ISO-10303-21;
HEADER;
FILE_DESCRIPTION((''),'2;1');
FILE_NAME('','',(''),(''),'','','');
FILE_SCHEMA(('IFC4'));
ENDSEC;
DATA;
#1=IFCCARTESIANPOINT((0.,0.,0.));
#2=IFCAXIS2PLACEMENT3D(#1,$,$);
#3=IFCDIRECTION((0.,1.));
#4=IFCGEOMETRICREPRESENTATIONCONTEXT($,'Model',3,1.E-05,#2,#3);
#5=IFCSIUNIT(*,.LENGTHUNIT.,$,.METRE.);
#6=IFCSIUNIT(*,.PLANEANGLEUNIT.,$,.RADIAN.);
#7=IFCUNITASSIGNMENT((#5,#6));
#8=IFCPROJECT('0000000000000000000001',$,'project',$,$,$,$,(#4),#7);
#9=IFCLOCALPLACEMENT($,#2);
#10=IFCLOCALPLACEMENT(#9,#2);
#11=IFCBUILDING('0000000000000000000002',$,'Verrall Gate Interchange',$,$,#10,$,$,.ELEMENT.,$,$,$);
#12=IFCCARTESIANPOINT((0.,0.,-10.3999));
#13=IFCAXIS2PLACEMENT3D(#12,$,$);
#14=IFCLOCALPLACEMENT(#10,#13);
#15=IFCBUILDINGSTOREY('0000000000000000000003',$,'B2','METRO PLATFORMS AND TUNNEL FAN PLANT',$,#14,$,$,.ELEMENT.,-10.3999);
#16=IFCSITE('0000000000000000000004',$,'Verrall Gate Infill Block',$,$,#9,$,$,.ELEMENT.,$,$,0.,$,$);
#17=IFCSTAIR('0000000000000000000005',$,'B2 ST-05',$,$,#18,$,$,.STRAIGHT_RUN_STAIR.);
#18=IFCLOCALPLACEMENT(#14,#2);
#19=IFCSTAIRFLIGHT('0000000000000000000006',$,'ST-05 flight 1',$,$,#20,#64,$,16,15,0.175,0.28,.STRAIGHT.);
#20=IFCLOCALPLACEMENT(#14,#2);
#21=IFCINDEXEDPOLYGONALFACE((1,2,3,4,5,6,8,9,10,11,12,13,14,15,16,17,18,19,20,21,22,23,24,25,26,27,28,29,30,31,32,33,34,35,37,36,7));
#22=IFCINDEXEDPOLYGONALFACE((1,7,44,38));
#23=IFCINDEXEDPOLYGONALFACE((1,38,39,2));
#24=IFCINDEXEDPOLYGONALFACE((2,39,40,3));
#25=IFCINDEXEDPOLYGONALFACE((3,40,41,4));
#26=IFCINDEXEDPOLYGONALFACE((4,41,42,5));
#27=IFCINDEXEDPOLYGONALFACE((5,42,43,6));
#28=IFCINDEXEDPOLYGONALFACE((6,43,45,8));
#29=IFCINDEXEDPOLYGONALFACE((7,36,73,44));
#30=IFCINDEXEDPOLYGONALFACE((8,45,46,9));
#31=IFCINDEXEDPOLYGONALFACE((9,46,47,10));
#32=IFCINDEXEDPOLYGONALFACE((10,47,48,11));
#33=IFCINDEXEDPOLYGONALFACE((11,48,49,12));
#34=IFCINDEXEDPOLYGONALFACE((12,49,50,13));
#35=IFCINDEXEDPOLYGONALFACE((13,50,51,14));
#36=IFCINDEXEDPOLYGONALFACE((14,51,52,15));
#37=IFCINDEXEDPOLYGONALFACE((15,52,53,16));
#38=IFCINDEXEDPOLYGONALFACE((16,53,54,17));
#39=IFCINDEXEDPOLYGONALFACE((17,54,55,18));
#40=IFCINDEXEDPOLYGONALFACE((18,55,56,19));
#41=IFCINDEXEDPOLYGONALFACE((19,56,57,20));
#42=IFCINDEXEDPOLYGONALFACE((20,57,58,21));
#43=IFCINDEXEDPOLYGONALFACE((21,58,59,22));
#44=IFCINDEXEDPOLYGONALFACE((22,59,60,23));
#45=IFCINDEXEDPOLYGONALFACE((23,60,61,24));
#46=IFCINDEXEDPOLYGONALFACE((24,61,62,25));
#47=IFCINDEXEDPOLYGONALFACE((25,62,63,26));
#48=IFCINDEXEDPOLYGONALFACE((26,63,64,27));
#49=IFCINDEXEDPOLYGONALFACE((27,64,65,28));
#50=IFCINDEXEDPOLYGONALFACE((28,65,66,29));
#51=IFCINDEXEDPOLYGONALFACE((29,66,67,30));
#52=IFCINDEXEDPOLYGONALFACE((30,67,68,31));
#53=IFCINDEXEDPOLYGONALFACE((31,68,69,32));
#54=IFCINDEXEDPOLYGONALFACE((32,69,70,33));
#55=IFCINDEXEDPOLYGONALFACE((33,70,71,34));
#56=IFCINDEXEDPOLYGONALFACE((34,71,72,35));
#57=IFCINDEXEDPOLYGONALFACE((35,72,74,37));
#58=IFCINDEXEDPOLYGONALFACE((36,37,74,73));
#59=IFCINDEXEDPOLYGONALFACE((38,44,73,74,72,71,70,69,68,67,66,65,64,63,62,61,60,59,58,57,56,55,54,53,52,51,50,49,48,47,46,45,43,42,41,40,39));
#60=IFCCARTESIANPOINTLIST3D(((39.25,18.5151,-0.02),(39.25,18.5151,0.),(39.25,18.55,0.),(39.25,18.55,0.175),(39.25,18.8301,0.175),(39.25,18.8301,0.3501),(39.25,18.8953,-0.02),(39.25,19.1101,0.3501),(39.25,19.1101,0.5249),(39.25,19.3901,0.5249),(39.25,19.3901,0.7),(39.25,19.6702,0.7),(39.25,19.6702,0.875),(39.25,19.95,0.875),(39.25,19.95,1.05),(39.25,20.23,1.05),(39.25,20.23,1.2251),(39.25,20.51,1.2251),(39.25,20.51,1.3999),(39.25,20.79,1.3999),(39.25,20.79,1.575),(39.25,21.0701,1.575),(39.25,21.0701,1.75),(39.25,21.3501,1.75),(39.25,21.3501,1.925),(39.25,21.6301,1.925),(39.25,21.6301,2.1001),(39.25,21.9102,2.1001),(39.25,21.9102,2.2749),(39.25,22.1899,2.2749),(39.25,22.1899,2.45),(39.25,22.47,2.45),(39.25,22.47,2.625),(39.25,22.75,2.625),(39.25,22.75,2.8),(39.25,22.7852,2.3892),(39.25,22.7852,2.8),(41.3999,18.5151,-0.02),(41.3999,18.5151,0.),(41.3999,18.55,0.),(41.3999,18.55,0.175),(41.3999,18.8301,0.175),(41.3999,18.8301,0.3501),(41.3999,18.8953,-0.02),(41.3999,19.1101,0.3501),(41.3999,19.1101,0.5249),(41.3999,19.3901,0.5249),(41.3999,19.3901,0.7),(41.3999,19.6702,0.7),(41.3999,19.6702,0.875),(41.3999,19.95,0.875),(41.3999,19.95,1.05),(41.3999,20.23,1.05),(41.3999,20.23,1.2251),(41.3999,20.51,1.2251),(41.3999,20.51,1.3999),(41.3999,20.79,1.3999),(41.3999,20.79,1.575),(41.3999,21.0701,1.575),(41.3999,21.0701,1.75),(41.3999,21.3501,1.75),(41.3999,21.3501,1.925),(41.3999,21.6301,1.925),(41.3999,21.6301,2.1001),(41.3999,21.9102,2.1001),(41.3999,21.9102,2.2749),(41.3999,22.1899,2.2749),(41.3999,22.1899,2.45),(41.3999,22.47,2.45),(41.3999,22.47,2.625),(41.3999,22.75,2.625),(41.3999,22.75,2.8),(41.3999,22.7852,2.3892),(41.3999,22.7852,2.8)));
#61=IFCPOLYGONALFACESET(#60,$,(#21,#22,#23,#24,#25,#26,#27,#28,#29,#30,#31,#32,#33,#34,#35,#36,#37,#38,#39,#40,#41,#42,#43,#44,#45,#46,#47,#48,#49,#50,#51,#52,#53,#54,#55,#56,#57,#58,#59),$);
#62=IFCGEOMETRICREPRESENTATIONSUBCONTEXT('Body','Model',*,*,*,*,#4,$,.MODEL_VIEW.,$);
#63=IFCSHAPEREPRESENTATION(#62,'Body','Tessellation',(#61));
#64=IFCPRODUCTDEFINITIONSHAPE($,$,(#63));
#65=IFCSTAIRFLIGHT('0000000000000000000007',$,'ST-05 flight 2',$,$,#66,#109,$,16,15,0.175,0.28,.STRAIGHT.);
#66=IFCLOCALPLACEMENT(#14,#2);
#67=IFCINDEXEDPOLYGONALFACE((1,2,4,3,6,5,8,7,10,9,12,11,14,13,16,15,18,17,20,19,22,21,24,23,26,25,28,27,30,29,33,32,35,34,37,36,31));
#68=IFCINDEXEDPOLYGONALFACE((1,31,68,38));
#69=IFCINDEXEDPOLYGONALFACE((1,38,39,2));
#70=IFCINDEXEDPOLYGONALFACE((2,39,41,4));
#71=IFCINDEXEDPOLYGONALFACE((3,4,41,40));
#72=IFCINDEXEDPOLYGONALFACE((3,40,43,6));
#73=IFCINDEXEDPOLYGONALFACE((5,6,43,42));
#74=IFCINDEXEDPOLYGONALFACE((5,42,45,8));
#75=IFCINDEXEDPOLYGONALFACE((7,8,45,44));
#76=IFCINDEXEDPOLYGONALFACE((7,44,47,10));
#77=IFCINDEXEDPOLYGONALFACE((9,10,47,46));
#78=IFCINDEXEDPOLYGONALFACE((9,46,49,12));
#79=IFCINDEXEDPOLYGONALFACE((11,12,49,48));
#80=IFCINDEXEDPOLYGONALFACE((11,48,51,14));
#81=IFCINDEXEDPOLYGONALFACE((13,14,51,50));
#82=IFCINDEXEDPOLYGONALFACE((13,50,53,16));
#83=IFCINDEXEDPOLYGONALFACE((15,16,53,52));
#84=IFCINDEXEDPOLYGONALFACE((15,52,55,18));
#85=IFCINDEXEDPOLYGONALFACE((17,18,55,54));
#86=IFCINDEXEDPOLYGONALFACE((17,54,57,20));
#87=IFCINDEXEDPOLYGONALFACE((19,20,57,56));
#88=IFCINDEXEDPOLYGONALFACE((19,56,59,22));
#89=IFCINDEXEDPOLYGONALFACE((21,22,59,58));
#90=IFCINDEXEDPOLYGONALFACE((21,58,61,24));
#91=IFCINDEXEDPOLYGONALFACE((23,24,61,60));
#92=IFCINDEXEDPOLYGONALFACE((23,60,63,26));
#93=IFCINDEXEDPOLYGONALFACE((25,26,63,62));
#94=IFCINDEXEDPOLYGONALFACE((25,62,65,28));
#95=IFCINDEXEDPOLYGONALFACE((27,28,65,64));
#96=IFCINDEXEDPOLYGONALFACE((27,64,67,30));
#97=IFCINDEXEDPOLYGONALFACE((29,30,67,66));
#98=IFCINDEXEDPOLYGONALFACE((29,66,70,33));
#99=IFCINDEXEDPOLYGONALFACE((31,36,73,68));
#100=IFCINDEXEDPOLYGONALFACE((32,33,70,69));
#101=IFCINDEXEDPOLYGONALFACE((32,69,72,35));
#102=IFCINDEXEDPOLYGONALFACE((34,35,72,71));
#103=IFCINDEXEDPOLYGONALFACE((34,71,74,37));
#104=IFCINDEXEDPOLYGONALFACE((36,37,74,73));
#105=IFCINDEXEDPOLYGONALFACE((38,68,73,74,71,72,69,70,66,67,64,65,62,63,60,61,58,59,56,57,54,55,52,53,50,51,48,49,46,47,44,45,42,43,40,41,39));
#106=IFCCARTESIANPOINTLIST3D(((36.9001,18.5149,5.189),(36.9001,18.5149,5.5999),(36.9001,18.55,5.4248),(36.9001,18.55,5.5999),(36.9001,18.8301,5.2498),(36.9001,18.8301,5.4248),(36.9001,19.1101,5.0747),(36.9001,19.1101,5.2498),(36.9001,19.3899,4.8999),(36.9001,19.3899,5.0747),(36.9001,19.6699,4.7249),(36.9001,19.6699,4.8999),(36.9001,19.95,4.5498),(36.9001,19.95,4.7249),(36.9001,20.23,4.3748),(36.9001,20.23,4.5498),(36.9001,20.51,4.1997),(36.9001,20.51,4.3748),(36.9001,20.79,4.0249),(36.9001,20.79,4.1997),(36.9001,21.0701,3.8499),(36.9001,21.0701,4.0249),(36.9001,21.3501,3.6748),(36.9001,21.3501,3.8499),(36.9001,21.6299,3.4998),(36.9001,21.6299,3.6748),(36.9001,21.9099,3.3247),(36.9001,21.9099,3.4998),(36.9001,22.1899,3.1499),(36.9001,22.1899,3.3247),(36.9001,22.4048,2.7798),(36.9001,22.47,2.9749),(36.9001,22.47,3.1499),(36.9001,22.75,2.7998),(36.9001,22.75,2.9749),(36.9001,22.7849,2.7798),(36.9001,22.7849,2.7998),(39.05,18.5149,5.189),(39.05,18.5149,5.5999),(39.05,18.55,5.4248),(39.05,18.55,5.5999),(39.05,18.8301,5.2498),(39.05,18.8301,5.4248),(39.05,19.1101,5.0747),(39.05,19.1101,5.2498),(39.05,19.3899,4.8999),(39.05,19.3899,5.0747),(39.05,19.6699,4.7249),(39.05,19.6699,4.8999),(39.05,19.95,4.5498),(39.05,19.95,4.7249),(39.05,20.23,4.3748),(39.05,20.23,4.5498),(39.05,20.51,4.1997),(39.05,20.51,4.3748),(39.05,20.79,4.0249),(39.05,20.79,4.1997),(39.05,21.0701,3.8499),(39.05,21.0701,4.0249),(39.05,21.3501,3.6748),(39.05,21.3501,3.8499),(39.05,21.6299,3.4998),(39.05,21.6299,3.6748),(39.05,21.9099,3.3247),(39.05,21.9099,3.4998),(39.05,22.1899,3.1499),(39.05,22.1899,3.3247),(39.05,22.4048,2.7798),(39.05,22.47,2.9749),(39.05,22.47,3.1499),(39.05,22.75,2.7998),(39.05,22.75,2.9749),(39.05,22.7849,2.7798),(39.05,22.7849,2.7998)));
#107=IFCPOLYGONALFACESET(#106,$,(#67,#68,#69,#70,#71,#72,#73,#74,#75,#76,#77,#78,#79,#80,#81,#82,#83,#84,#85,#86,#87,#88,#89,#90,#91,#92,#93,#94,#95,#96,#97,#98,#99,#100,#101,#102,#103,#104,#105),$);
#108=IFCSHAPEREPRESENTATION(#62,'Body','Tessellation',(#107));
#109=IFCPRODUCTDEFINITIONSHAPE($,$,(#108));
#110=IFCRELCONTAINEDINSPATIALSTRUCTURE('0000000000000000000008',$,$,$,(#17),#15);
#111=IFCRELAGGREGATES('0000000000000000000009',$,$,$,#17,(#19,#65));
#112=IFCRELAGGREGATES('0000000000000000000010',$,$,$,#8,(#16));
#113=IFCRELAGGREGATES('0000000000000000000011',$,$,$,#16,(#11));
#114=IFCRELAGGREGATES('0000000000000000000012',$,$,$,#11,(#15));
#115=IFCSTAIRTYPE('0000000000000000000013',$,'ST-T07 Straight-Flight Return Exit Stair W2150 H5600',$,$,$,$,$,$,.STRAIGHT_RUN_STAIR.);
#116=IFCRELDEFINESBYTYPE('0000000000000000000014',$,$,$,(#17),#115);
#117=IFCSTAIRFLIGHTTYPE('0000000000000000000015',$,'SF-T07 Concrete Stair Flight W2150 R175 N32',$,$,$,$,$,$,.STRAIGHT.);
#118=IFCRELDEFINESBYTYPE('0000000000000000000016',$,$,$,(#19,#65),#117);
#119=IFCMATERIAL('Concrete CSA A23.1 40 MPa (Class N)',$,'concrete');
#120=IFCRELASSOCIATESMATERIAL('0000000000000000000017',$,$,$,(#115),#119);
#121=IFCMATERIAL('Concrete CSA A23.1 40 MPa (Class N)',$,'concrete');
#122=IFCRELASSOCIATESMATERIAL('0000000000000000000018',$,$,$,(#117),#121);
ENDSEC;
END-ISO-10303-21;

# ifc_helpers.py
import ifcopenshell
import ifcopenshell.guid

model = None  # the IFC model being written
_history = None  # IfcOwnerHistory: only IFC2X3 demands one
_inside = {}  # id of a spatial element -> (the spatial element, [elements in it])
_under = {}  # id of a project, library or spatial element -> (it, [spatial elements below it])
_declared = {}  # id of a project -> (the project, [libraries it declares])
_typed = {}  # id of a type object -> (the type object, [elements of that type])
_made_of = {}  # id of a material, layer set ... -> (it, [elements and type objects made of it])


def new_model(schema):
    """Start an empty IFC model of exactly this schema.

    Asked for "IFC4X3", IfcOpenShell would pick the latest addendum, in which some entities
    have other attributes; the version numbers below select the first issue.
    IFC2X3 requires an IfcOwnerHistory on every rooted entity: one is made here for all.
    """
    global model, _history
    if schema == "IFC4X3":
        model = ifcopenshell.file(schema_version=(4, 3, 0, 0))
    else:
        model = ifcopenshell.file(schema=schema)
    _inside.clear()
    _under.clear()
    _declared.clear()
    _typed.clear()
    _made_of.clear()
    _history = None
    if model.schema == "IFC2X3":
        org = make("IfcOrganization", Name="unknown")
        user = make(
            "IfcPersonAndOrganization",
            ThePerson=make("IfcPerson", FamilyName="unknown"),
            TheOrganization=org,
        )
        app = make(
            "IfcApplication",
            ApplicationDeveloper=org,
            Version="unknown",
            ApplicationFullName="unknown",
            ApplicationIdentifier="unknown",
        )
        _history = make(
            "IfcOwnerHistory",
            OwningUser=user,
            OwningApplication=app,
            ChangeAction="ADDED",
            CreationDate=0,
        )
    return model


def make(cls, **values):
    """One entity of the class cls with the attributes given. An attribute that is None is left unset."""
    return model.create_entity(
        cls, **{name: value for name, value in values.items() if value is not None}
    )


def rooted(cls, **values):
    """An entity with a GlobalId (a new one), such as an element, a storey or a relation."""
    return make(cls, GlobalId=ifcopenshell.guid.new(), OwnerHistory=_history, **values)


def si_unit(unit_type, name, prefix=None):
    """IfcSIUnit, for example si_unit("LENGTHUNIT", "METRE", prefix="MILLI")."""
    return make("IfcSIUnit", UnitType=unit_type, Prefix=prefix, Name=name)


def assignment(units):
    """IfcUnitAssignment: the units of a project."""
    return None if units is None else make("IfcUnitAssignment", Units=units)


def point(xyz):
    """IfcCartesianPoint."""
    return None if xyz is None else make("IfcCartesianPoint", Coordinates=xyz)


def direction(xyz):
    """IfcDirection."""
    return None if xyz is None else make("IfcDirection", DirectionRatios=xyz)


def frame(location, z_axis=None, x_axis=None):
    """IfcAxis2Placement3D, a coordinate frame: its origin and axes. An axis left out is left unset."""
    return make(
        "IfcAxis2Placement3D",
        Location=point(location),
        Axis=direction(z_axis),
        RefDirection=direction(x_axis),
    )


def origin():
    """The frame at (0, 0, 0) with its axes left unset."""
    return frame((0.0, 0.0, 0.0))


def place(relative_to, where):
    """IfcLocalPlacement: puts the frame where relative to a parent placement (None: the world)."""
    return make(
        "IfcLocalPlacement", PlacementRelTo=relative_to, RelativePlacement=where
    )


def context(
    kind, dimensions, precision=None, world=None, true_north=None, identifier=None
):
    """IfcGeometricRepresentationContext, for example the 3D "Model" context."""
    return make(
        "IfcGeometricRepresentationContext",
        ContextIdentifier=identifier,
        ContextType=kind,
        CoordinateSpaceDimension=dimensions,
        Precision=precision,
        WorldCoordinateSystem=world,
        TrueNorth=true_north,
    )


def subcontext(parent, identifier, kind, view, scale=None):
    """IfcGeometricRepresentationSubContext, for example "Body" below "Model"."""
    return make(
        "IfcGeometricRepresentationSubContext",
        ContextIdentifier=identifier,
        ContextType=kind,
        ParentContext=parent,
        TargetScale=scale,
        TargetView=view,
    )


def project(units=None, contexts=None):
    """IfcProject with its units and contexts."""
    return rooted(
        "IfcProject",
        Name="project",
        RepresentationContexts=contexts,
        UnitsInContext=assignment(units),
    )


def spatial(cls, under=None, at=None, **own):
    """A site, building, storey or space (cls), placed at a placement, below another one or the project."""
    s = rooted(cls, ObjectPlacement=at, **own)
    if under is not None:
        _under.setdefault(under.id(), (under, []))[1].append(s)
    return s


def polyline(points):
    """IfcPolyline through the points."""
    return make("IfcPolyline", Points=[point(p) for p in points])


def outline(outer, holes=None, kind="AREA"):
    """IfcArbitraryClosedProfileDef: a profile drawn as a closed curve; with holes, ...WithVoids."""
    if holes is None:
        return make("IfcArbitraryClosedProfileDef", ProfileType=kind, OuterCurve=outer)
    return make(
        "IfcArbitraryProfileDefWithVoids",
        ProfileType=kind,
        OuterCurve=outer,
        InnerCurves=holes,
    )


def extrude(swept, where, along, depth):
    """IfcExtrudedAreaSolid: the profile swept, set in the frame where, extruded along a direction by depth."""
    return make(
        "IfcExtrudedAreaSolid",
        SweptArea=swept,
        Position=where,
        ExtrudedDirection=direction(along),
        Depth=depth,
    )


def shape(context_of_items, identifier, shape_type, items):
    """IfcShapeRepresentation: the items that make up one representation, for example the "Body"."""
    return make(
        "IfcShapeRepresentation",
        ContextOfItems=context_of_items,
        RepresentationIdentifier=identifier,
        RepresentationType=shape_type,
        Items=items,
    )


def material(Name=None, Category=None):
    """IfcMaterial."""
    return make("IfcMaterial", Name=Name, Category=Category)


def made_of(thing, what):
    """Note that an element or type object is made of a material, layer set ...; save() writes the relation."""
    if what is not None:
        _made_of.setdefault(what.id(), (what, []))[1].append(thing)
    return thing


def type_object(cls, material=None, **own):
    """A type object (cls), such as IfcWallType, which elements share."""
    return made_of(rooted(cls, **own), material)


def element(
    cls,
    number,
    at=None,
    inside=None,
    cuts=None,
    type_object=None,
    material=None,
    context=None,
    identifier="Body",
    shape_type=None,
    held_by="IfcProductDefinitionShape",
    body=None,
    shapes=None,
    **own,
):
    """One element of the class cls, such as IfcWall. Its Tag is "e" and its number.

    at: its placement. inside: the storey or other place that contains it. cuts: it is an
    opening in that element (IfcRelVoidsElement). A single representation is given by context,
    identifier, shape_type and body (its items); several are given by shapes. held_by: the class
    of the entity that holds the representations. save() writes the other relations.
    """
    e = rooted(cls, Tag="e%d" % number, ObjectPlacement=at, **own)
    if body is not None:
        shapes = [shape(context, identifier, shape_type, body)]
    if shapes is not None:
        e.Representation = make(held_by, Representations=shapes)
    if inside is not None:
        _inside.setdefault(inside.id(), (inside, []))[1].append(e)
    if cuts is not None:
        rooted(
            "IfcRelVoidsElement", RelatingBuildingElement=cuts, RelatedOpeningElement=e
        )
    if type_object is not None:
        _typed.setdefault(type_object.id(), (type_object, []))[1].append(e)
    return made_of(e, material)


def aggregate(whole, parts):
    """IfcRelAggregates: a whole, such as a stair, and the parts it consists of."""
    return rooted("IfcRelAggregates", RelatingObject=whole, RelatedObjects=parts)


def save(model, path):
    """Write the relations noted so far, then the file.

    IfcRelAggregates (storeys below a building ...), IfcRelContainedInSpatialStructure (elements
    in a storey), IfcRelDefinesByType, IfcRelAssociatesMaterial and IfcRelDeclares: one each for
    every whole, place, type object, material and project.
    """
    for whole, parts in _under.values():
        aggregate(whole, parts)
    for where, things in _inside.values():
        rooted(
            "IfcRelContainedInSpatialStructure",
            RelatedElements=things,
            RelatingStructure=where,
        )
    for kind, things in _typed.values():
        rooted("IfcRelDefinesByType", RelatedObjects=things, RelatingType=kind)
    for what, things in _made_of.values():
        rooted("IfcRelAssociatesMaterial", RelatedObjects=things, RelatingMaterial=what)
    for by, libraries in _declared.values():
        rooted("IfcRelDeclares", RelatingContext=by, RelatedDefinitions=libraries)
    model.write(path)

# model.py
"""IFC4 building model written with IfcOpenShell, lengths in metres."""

from ifc_helpers import new_model, si_unit, direction, frame, origin, place, context, subcontext, project, spatial, polyline, outline, extrude, material, type_object, element, aggregate, save


model = new_model("IFC4")

# Units and contexts
model_context = context("Model", 3, precision=1e-05, world=origin(), true_north=direction((0.0, 1.0)))
body_context = subcontext(model_context, "Body", "Model", "MODEL_VIEW")
ifc_project = project(units=[si_unit("LENGTHUNIT", "METRE"), si_unit("PLANEANGLEUNIT", "RADIAN")], contexts=[model_context])

# Site, building, storey
site_placement = place(None, origin())
site = spatial("IfcSite", under=ifc_project, at=site_placement, Name="Verrall Gate Infill Block", CompositionType="ELEMENT", RefElevation=0.0)
building_placement = place(site_placement, origin())
building = spatial("IfcBuilding", under=site, at=building_placement, Name="Verrall Gate Interchange", CompositionType="ELEMENT")
storey_placement = place(building_placement, frame((0.0, 0.0, -10.3999)))
storey = spatial("IfcBuildingStorey", under=building, at=storey_placement, Name="B2", Description="METRO PLATFORMS AND TUNNEL FAN PLANT", CompositionType="ELEMENT", Elevation=-10.3999)

# Stair, stair flights
ifc_material_1 = material(Name="Concrete CSA A23.1 40 MPa (Class N)", Category="concrete")
stair_type = type_object("IfcStairType", Name="ST-T07 Straight-Flight Return Exit Stair W2150 H5600", PredefinedType="STRAIGHT_RUN_STAIR", material=ifc_material_1)
stair_placement = place(storey_placement, origin())
stair = element("IfcStair", 1, at=stair_placement, inside=storey, type_object=stair_type, Name="B2 ST-05", PredefinedType="STRAIGHT_RUN_STAIR")
ifc_material_2 = material(Name="Concrete CSA A23.1 40 MPa (Class N)", Category="concrete")
stair_flight_type = type_object("IfcStairFlightType", Name="SF-T07 Concrete Stair Flight W2150 R175 N32", PredefinedType="STRAIGHT", material=ifc_material_2)
stair_flight_1_placement = place(storey_placement, frame((40.325, 18.55, 0.0), z_axis=(0.0, 0.0, 1.0), x_axis=(0.0, 1.0, 0.0)))
stair_flight_1 = element("IfcStairFlight", 2, at=stair_flight_1_placement, type_object=stair_flight_type, Name="ST-05 flight 1", NumberOfRisers=16, NumberOfTreads=15, PredefinedType="STRAIGHT", RiserHeight=0.175, TreadLength=0.28, context=body_context, shape_type="SweptSolid", body=[
    extrude(outline(polyline([(-0.0349, -0.02), (-0.0349, 0.0), (0.0, 0.0), (0.0, 0.175), (0.28, 0.175), (0.28, 0.3501), (0.5601, 0.3501), (0.5601, 0.5249), (0.8401, 0.5249), (0.8401, 0.7), (1.1201, 0.7), (1.1201, 0.875), (1.3999, 0.875), (1.3999, 1.05), (1.6799, 1.05), (1.6799, 1.2251), (1.96, 1.2251), (1.96, 1.3999), (2.24, 1.3999), (2.24, 1.575), (2.52, 1.575), (2.52, 1.75), (2.8, 1.75), (2.8, 1.925), (3.0801, 1.925), (3.0801, 2.1001), (3.3601, 2.1001), (3.3601, 2.2749), (3.6399, 2.2749), (3.6399, 2.45), (3.9199, 2.45), (3.9199, 2.625), (4.2, 2.625), (4.2, 2.8), (4.2351, 2.8), (4.2351, 2.3892), (0.3452, -0.02), (-0.0349, -0.02)])), frame((0.0, 1.075, 0.0), z_axis=(0.0, -1.0, 0.0), x_axis=(1.0, 0.0, 0.0)), (0.0, 0.0, 1.0), 2.1499),
])
stair_flight_2_placement = place(storey_placement, frame((37.9751, 22.75, 2.7998), z_axis=(0.0, 0.0, 1.0), x_axis=(0.0, -1.0, 0.0)))
stair_flight_2 = element("IfcStairFlight", 3, at=stair_flight_2_placement, type_object=stair_flight_type, Name="ST-05 flight 2", NumberOfRisers=16, NumberOfTreads=15, PredefinedType="STRAIGHT", RiserHeight=0.175, TreadLength=0.28, context=body_context, shape_type="SweptSolid", body=[
    extrude(outline(polyline([(-0.0349, -0.02), (-0.0349, 0.0), (0.0, 0.0), (0.0, 0.175), (0.28, 0.175), (0.28, 0.3501), (0.5601, 0.3501), (0.5601, 0.5249), (0.8401, 0.5249), (0.8401, 0.7), (1.1201, 0.7), (1.1201, 0.875), (1.3999, 0.875), (1.3999, 1.05), (1.6799, 1.05), (1.6799, 1.2251), (1.96, 1.2251), (1.96, 1.3999), (2.24, 1.3999), (2.24, 1.575), (2.52, 1.575), (2.52, 1.75), (2.8, 1.75), (2.8, 1.925), (3.0801, 1.925), (3.0801, 2.1001), (3.3601, 2.1001), (3.3601, 2.2749), (3.6399, 2.2749), (3.6399, 2.45), (3.9199, 2.45), (3.9199, 2.625), (4.2, 2.625), (4.2, 2.8), (4.2351, 2.8), (4.2351, 2.3892), (0.3452, -0.02), (-0.0349, -0.02)])), frame((0.0, 1.075, 0.0), z_axis=(0.0, -1.0, 0.0), x_axis=(1.0, 0.0, 0.0)), (0.0, 0.0, 1.0), 2.1499),
])
aggregate(stair, [stair_flight_1, stair_flight_2])

save(model, "model.ifc")
